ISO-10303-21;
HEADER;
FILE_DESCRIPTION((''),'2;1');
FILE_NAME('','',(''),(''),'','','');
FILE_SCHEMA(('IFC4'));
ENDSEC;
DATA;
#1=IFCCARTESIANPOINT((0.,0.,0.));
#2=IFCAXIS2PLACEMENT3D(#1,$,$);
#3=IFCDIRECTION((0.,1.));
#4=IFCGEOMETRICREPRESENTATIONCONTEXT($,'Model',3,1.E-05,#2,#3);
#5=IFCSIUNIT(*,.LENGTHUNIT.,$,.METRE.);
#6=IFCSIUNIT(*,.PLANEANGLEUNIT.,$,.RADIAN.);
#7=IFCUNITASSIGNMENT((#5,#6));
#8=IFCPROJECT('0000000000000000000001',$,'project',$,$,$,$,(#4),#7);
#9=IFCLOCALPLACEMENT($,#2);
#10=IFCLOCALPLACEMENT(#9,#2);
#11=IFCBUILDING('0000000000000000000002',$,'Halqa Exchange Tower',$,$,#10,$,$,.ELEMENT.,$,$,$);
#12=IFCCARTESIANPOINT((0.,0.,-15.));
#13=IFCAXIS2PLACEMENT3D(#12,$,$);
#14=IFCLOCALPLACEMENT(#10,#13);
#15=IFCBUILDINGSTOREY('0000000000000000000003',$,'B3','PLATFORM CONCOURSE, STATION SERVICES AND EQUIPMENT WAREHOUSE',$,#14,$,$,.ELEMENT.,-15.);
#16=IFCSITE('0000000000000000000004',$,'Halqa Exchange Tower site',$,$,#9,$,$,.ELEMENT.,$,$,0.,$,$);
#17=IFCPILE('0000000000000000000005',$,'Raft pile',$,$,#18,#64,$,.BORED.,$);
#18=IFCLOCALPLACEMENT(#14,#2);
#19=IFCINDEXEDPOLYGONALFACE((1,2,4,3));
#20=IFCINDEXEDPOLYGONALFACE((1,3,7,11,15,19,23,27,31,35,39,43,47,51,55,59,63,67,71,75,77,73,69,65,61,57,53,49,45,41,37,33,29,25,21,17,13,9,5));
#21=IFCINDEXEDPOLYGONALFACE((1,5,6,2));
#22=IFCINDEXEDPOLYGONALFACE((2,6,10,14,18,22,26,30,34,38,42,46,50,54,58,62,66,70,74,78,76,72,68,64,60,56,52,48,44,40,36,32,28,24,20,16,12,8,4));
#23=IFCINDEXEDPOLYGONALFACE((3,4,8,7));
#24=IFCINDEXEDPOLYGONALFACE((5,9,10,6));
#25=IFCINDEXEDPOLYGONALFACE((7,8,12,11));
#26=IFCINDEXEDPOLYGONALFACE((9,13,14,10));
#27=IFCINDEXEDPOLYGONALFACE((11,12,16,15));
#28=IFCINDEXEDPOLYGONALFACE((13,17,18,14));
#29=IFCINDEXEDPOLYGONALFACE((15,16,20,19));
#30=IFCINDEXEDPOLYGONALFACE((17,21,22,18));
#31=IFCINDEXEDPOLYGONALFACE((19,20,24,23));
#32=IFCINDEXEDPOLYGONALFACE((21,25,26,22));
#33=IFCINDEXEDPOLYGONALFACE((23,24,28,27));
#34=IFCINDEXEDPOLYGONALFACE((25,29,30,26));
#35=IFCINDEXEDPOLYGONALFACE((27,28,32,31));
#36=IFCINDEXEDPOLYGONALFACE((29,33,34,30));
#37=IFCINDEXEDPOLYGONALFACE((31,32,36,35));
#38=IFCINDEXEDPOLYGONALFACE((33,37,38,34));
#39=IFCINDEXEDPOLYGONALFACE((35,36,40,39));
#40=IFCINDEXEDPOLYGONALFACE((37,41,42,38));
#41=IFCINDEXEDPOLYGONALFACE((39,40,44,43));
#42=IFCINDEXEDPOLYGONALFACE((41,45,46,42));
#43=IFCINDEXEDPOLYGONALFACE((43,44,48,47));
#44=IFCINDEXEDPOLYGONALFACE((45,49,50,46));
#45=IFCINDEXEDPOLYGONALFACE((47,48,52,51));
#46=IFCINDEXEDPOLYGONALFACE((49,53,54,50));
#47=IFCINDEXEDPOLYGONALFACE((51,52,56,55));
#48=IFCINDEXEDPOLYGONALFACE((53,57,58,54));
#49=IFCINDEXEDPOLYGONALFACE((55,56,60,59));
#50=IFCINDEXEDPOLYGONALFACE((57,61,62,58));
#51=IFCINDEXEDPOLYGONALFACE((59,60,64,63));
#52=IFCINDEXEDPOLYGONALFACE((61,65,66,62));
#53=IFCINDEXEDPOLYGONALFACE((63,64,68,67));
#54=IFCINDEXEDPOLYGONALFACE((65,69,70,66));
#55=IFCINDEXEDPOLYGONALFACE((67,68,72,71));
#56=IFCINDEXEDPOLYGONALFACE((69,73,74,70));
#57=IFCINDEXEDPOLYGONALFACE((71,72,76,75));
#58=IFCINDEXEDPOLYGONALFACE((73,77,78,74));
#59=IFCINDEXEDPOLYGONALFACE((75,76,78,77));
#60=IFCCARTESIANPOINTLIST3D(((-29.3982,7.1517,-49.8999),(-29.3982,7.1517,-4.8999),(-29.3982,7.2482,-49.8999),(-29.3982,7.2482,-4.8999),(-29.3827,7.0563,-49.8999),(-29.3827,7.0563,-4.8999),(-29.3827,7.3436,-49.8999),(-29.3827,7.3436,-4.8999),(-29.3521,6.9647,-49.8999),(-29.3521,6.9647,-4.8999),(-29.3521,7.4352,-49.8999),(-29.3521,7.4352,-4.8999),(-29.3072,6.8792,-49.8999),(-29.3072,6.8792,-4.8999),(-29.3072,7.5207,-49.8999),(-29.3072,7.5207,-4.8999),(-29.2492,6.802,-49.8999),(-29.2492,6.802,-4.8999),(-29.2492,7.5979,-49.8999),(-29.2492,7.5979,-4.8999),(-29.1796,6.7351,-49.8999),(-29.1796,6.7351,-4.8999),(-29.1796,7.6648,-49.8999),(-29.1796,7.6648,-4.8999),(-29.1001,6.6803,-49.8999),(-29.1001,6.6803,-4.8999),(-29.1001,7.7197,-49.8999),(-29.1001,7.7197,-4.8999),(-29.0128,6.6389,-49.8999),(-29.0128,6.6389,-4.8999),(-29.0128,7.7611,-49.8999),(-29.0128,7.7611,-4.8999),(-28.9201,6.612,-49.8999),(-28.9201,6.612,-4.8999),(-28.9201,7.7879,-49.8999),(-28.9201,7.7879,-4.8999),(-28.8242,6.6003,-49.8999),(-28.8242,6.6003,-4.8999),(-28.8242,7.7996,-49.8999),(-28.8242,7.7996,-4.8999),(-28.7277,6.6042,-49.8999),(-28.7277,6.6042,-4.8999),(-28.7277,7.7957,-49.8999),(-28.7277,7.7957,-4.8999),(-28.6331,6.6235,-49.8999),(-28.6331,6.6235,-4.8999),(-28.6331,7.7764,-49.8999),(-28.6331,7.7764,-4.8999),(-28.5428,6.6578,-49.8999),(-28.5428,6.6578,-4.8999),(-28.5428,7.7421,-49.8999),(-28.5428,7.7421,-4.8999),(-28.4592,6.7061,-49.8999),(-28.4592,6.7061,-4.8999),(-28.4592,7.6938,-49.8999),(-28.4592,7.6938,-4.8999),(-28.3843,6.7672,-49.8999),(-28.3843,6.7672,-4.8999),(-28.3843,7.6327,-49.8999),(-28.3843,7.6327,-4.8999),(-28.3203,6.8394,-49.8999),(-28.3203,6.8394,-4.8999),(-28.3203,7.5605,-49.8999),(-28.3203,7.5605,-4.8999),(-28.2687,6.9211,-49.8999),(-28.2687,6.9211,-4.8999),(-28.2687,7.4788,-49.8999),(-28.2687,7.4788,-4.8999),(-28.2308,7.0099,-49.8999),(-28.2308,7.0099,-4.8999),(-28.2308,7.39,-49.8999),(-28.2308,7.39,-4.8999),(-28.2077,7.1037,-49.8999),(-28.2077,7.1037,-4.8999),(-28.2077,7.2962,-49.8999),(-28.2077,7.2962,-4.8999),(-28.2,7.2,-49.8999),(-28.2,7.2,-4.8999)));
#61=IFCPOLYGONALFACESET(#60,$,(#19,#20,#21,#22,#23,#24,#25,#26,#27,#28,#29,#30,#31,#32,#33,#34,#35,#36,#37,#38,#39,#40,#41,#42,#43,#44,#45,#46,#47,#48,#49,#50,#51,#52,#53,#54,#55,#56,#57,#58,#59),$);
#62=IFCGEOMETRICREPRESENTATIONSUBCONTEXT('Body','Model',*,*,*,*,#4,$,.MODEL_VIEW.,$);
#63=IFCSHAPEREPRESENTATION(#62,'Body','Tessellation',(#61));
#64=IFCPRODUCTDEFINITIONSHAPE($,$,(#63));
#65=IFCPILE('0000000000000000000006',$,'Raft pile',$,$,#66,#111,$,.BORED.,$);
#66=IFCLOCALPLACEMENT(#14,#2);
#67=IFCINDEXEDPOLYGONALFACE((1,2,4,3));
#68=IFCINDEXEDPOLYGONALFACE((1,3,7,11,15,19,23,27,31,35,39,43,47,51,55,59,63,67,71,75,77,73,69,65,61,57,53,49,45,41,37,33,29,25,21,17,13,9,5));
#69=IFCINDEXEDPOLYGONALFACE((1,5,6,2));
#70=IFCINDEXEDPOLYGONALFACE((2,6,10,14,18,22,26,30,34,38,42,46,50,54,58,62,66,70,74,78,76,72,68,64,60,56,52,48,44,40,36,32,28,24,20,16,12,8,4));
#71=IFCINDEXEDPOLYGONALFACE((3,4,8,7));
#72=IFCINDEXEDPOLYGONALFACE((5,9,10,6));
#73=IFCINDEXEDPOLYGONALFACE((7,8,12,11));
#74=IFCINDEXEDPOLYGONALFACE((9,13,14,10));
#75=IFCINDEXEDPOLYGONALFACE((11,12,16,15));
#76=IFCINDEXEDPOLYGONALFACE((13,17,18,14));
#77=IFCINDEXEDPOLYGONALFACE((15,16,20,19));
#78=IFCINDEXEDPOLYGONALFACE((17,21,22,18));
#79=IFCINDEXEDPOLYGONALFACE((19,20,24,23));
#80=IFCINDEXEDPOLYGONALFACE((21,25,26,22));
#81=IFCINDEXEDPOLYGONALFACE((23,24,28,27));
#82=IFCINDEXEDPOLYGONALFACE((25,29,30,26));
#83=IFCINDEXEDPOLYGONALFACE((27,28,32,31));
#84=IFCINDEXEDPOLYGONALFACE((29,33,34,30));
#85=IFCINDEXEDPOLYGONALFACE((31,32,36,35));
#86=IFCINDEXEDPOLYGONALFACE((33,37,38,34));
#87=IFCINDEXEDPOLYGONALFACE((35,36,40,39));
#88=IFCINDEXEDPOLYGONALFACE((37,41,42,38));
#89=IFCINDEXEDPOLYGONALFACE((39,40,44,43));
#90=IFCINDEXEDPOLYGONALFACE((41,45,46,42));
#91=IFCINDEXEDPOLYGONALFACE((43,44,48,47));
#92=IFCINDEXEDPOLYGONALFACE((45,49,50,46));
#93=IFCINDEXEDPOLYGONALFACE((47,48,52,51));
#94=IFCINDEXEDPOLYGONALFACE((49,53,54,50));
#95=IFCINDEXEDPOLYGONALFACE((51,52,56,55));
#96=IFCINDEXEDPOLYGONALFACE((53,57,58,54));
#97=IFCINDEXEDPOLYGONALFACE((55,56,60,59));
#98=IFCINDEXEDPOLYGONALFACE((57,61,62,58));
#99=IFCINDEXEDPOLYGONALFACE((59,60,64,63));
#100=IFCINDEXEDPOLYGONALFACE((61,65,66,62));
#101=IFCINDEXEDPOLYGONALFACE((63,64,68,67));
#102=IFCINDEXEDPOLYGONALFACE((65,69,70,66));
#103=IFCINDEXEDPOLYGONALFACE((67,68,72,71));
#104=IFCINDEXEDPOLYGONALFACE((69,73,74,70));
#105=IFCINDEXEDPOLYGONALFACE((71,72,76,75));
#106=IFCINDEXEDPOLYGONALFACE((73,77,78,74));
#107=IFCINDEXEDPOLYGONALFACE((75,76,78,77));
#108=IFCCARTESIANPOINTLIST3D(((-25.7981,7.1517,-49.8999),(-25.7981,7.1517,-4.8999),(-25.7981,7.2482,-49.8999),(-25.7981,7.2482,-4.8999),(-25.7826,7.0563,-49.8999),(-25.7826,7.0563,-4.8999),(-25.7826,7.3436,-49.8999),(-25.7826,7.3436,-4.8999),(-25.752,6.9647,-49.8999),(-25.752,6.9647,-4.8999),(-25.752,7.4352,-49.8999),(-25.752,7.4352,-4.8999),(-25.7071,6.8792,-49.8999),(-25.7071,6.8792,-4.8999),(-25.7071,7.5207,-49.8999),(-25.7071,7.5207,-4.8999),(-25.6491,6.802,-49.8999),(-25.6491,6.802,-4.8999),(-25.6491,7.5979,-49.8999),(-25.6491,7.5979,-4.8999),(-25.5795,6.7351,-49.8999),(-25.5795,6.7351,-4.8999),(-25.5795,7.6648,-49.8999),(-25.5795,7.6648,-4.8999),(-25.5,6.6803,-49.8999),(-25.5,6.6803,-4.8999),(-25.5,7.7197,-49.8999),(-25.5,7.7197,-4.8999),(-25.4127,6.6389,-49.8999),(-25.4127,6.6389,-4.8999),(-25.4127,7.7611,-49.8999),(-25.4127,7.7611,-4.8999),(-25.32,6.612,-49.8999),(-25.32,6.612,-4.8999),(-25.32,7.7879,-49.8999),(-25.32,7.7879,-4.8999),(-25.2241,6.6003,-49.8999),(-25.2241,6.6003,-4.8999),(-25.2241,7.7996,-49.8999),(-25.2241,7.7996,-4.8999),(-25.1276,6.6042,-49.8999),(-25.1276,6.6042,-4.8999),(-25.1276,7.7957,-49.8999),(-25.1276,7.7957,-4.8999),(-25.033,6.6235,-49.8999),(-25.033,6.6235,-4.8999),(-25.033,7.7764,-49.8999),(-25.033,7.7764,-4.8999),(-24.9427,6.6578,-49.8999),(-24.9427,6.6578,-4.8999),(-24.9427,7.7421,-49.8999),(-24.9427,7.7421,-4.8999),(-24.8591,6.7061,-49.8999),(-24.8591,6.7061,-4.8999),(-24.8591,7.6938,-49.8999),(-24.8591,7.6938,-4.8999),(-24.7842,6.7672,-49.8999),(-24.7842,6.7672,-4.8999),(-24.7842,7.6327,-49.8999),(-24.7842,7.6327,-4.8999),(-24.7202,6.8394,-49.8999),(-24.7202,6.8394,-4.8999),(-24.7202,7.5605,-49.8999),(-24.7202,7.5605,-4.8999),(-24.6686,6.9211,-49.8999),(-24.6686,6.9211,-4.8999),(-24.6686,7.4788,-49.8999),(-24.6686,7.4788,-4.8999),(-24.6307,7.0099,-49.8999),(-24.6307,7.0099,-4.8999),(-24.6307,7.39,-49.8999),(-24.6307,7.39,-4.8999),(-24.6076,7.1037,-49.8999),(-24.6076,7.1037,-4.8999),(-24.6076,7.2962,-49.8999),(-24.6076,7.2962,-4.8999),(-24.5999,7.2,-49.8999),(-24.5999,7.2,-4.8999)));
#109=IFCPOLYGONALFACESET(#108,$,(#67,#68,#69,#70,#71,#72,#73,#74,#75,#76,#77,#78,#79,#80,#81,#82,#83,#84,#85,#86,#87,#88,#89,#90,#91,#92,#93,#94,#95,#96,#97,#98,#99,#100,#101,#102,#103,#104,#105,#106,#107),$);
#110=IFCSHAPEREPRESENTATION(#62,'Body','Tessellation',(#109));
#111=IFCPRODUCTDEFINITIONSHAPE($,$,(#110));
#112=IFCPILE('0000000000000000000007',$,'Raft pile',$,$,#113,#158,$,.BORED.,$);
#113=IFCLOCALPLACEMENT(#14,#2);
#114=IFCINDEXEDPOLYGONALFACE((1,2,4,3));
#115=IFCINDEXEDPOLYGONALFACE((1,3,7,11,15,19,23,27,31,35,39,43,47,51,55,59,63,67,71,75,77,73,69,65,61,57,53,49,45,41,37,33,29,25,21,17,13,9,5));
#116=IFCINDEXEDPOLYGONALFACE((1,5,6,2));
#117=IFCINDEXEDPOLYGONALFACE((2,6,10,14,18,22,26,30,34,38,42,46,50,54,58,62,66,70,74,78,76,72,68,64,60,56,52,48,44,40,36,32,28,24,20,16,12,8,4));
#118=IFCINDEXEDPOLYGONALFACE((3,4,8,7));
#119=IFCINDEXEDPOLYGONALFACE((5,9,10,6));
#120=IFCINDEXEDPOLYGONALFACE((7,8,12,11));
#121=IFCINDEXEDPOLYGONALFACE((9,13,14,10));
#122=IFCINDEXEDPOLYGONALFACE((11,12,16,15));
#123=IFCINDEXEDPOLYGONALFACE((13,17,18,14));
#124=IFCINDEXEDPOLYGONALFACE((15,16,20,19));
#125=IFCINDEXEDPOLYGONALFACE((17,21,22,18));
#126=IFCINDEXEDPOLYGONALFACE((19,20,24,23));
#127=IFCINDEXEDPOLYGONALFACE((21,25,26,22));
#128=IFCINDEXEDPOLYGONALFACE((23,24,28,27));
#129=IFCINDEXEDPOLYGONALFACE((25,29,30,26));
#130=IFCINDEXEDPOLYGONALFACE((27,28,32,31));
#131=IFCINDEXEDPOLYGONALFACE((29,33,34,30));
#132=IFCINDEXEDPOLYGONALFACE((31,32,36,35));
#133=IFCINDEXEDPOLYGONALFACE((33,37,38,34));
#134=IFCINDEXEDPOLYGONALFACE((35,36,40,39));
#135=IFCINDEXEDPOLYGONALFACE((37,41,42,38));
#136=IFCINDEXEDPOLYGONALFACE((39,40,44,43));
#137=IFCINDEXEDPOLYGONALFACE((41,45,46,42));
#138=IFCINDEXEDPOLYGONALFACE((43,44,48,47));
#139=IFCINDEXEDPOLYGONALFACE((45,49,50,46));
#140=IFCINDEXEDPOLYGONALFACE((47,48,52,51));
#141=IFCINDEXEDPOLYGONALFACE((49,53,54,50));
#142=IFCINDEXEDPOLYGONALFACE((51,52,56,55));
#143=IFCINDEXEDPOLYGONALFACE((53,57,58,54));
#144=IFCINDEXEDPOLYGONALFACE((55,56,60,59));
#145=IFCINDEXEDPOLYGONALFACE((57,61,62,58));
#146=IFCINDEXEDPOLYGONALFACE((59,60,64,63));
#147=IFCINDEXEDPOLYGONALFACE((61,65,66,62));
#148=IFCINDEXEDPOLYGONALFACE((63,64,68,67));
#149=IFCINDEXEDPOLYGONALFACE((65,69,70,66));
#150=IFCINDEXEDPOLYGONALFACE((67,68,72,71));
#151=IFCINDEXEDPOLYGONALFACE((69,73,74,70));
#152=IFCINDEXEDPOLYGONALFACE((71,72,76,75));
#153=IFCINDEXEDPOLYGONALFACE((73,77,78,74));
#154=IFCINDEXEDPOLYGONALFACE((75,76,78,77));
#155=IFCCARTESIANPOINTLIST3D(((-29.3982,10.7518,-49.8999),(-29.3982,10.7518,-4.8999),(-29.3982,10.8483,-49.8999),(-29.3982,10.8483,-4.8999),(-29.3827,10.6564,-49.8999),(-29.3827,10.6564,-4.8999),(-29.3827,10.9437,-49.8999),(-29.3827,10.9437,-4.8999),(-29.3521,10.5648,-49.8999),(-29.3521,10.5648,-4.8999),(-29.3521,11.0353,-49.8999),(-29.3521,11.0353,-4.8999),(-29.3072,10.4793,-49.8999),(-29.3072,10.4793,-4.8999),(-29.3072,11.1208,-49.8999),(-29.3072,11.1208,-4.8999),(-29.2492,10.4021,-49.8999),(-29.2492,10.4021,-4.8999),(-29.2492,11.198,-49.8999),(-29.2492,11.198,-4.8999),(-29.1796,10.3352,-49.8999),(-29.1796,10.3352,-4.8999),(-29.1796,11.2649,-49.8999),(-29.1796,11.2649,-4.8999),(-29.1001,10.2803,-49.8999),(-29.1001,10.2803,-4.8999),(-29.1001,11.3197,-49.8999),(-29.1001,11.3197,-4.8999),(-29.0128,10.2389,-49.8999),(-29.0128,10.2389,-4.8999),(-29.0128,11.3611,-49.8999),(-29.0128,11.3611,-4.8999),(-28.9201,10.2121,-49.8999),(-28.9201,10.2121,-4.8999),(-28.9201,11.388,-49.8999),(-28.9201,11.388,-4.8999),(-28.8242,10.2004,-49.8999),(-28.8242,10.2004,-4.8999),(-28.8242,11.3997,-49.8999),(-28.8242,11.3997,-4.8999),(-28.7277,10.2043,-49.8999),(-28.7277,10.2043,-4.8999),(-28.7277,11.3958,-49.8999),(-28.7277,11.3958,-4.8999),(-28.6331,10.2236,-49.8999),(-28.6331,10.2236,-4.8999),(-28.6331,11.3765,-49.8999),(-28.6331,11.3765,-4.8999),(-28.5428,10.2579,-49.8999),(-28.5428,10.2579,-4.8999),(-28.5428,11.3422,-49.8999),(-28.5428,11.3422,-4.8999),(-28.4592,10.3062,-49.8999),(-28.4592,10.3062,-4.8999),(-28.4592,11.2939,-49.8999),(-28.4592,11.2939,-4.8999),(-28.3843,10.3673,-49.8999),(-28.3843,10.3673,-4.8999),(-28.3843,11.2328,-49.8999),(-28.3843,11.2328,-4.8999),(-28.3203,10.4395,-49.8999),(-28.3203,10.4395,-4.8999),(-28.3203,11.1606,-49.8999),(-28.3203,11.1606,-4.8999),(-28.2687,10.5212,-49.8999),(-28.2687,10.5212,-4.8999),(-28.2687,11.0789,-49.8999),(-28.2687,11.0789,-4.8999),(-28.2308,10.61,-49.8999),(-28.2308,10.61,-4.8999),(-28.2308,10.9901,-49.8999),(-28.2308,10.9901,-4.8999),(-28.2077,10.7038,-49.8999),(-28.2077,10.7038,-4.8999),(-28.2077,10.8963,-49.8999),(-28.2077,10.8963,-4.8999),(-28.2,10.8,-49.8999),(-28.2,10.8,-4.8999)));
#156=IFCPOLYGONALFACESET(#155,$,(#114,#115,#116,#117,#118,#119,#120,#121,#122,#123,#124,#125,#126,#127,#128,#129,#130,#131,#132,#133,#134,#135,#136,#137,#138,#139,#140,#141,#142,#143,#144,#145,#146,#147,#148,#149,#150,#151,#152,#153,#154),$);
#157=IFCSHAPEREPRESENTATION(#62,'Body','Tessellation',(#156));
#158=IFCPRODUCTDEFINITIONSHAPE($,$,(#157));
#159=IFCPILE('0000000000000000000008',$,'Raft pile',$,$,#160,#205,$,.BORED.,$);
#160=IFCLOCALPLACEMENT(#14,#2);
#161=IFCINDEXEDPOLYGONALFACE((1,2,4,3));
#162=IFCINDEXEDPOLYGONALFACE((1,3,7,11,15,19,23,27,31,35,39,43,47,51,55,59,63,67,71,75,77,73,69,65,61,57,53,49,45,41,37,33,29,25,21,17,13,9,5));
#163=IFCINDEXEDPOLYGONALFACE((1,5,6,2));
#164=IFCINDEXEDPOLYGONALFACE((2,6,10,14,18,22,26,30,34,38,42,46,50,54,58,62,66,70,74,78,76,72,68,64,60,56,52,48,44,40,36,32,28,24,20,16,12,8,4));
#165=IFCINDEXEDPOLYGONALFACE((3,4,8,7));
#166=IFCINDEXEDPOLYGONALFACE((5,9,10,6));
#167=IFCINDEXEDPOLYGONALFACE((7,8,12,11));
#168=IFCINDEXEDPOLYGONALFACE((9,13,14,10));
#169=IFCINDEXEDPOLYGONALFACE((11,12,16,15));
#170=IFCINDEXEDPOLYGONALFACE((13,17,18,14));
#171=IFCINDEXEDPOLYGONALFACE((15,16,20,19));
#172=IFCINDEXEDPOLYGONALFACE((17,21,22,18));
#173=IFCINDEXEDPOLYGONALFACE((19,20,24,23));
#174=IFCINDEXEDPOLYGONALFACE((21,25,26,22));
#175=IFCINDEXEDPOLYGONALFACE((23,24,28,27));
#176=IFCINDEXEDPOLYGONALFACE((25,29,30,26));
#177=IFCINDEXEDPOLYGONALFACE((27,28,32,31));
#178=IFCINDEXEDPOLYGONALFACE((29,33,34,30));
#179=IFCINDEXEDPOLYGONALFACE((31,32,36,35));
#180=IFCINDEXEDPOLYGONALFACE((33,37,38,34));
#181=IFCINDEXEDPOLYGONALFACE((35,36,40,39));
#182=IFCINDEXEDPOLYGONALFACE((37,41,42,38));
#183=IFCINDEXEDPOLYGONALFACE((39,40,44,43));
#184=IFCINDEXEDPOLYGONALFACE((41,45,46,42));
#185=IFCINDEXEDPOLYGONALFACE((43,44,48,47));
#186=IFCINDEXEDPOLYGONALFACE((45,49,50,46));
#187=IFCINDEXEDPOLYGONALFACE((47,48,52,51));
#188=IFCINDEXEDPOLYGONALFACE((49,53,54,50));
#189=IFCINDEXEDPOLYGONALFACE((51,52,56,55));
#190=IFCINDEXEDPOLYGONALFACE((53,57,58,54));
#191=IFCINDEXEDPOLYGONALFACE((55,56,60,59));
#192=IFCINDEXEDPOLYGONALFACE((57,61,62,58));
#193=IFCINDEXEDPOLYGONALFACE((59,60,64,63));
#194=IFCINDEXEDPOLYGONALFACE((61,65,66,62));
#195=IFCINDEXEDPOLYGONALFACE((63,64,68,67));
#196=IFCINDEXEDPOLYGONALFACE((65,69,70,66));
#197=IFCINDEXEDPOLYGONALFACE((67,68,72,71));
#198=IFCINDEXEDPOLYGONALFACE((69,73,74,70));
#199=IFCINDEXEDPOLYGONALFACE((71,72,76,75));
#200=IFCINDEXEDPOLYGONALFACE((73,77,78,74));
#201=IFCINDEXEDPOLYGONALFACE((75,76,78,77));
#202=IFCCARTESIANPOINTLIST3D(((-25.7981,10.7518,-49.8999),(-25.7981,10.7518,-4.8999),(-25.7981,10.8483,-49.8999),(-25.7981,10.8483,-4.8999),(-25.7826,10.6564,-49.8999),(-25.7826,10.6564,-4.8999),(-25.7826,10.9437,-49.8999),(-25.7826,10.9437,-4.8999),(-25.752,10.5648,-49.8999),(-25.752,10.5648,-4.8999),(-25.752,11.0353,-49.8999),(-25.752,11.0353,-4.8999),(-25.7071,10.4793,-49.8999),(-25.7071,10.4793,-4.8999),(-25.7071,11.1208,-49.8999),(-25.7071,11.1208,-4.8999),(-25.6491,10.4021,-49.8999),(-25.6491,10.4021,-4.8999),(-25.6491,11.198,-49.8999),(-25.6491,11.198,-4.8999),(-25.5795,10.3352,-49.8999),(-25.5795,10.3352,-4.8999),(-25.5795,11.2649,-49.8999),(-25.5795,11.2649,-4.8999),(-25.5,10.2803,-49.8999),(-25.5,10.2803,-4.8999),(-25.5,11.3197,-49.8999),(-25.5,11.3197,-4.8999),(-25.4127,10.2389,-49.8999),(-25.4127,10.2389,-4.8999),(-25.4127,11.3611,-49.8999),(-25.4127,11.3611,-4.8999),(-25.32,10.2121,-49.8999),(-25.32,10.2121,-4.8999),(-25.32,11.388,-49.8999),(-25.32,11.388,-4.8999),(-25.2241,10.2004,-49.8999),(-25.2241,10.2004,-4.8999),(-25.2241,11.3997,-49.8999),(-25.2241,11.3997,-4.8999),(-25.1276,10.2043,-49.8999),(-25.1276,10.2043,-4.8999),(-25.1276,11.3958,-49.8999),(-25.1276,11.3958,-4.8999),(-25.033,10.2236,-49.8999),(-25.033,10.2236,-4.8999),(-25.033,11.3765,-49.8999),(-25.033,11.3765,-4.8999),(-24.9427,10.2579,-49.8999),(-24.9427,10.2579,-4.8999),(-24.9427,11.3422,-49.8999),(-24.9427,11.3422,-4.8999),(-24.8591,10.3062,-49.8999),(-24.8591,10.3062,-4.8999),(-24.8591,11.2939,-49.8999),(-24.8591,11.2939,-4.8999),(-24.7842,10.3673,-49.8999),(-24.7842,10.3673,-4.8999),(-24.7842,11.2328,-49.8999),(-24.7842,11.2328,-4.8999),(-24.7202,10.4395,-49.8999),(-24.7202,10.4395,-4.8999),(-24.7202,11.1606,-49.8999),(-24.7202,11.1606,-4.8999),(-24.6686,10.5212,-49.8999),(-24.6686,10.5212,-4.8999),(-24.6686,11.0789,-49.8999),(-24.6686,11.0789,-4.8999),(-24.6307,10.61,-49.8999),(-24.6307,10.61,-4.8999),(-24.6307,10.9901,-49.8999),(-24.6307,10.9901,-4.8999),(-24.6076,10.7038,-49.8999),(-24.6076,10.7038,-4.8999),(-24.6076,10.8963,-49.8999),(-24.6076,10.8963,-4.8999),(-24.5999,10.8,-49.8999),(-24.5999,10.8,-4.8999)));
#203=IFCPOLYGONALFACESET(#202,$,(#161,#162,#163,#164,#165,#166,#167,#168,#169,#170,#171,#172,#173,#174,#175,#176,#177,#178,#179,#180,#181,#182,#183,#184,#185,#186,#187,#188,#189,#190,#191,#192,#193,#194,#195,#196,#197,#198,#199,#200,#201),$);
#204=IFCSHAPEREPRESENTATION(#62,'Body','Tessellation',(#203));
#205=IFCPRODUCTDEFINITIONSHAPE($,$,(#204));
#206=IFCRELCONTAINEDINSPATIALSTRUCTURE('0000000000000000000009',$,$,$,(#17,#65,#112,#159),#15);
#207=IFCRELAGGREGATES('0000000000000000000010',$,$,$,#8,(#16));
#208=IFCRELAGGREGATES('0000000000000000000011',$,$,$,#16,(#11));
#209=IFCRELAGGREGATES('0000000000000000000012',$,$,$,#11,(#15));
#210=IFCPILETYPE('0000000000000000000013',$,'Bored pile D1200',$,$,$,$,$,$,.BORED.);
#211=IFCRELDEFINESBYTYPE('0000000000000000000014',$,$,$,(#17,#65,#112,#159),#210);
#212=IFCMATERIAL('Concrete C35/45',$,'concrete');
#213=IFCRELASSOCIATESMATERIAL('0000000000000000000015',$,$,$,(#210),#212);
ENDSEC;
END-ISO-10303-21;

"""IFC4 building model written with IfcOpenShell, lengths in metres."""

from ifc_helpers import new_model, si_unit, direction, frame, origin, origin_2d, place, context, subcontext, project, spatial, circle, extrude, material, material_profile, profile_set, type_object, element, save


model = new_model("IFC4")

# Units and contexts
model_context = context("Model", 3, precision=1e-05, world=origin(), true_north=direction((0.0, 1.0)))
body_context = subcontext(model_context, "Body", "Model", "MODEL_VIEW")
ifc_project = project(units=[si_unit("LENGTHUNIT", "METRE"), si_unit("PLANEANGLEUNIT", "RADIAN")], contexts=[model_context])

# Site, building, storey
site_placement = place(None, origin())
site = spatial("IfcSite", under=ifc_project, at=site_placement, Name="Halqa Exchange Tower site", CompositionType="ELEMENT", RefElevation=0.0)
building_placement = place(site_placement, origin())
building = spatial("IfcBuilding", under=site, at=building_placement, Name="Halqa Exchange Tower", CompositionType="ELEMENT")
storey_placement = place(building_placement, frame((0.0, 0.0, -15.0)))
storey = spatial("IfcBuildingStorey", under=building, at=storey_placement, Name="B3", Description="PLATFORM CONCOURSE, STATION SERVICES AND EQUIPMENT WAREHOUSE", CompositionType="ELEMENT", Elevation=-15.0)

# Piles
ifc_material_1 = material(Name="Concrete C35/45", Category="concrete")
ifc_material_profile_1 = material_profile(ifc_material_1, circle(Radius=0.6001, at=origin_2d()), Name="D1200")
ifc_profile_set_1 = profile_set([ifc_material_profile_1], Name="Concrete C35/45")
pile_type_1 = type_object("IfcPileType", Name="Bored pile D1200", PredefinedType="BORED", material=ifc_profile_set_1)
for number, where, z_axis, x_axis, name in (
    (1, (-28.8, 7.2, -4.8999), (0.0, 0.0, -1.0), (1.0, 0.0, 0.0), "Raft pile"),
    (2, (-25.2, 7.2, -4.8999), (0.0, 0.0, -1.0), (1.0, 0.0, 0.0), "Raft pile"),
    (3, (-28.8, 10.8, -4.8999), (0.0, 0.0, -1.0), (1.0, 0.0, 0.0), "Raft pile"),
    (4, (-25.2, 10.8, -4.8999), (0.0, 0.0, -1.0), (1.0, 0.0, 0.0), "Raft pile"),
):
    element("IfcPile", number, at=place(storey_placement, frame(where, z_axis=z_axis, x_axis=x_axis)), inside=storey, type_object=pile_type_1, Name=name, PredefinedType="BORED", context=body_context, shape_type="SweptSolid", body=[
        extrude(circle(Radius=0.6001, at=origin_2d()), origin(), (0.0, 0.0, 1.0), 45.0),
    ])

save(model, "model.ifc")
